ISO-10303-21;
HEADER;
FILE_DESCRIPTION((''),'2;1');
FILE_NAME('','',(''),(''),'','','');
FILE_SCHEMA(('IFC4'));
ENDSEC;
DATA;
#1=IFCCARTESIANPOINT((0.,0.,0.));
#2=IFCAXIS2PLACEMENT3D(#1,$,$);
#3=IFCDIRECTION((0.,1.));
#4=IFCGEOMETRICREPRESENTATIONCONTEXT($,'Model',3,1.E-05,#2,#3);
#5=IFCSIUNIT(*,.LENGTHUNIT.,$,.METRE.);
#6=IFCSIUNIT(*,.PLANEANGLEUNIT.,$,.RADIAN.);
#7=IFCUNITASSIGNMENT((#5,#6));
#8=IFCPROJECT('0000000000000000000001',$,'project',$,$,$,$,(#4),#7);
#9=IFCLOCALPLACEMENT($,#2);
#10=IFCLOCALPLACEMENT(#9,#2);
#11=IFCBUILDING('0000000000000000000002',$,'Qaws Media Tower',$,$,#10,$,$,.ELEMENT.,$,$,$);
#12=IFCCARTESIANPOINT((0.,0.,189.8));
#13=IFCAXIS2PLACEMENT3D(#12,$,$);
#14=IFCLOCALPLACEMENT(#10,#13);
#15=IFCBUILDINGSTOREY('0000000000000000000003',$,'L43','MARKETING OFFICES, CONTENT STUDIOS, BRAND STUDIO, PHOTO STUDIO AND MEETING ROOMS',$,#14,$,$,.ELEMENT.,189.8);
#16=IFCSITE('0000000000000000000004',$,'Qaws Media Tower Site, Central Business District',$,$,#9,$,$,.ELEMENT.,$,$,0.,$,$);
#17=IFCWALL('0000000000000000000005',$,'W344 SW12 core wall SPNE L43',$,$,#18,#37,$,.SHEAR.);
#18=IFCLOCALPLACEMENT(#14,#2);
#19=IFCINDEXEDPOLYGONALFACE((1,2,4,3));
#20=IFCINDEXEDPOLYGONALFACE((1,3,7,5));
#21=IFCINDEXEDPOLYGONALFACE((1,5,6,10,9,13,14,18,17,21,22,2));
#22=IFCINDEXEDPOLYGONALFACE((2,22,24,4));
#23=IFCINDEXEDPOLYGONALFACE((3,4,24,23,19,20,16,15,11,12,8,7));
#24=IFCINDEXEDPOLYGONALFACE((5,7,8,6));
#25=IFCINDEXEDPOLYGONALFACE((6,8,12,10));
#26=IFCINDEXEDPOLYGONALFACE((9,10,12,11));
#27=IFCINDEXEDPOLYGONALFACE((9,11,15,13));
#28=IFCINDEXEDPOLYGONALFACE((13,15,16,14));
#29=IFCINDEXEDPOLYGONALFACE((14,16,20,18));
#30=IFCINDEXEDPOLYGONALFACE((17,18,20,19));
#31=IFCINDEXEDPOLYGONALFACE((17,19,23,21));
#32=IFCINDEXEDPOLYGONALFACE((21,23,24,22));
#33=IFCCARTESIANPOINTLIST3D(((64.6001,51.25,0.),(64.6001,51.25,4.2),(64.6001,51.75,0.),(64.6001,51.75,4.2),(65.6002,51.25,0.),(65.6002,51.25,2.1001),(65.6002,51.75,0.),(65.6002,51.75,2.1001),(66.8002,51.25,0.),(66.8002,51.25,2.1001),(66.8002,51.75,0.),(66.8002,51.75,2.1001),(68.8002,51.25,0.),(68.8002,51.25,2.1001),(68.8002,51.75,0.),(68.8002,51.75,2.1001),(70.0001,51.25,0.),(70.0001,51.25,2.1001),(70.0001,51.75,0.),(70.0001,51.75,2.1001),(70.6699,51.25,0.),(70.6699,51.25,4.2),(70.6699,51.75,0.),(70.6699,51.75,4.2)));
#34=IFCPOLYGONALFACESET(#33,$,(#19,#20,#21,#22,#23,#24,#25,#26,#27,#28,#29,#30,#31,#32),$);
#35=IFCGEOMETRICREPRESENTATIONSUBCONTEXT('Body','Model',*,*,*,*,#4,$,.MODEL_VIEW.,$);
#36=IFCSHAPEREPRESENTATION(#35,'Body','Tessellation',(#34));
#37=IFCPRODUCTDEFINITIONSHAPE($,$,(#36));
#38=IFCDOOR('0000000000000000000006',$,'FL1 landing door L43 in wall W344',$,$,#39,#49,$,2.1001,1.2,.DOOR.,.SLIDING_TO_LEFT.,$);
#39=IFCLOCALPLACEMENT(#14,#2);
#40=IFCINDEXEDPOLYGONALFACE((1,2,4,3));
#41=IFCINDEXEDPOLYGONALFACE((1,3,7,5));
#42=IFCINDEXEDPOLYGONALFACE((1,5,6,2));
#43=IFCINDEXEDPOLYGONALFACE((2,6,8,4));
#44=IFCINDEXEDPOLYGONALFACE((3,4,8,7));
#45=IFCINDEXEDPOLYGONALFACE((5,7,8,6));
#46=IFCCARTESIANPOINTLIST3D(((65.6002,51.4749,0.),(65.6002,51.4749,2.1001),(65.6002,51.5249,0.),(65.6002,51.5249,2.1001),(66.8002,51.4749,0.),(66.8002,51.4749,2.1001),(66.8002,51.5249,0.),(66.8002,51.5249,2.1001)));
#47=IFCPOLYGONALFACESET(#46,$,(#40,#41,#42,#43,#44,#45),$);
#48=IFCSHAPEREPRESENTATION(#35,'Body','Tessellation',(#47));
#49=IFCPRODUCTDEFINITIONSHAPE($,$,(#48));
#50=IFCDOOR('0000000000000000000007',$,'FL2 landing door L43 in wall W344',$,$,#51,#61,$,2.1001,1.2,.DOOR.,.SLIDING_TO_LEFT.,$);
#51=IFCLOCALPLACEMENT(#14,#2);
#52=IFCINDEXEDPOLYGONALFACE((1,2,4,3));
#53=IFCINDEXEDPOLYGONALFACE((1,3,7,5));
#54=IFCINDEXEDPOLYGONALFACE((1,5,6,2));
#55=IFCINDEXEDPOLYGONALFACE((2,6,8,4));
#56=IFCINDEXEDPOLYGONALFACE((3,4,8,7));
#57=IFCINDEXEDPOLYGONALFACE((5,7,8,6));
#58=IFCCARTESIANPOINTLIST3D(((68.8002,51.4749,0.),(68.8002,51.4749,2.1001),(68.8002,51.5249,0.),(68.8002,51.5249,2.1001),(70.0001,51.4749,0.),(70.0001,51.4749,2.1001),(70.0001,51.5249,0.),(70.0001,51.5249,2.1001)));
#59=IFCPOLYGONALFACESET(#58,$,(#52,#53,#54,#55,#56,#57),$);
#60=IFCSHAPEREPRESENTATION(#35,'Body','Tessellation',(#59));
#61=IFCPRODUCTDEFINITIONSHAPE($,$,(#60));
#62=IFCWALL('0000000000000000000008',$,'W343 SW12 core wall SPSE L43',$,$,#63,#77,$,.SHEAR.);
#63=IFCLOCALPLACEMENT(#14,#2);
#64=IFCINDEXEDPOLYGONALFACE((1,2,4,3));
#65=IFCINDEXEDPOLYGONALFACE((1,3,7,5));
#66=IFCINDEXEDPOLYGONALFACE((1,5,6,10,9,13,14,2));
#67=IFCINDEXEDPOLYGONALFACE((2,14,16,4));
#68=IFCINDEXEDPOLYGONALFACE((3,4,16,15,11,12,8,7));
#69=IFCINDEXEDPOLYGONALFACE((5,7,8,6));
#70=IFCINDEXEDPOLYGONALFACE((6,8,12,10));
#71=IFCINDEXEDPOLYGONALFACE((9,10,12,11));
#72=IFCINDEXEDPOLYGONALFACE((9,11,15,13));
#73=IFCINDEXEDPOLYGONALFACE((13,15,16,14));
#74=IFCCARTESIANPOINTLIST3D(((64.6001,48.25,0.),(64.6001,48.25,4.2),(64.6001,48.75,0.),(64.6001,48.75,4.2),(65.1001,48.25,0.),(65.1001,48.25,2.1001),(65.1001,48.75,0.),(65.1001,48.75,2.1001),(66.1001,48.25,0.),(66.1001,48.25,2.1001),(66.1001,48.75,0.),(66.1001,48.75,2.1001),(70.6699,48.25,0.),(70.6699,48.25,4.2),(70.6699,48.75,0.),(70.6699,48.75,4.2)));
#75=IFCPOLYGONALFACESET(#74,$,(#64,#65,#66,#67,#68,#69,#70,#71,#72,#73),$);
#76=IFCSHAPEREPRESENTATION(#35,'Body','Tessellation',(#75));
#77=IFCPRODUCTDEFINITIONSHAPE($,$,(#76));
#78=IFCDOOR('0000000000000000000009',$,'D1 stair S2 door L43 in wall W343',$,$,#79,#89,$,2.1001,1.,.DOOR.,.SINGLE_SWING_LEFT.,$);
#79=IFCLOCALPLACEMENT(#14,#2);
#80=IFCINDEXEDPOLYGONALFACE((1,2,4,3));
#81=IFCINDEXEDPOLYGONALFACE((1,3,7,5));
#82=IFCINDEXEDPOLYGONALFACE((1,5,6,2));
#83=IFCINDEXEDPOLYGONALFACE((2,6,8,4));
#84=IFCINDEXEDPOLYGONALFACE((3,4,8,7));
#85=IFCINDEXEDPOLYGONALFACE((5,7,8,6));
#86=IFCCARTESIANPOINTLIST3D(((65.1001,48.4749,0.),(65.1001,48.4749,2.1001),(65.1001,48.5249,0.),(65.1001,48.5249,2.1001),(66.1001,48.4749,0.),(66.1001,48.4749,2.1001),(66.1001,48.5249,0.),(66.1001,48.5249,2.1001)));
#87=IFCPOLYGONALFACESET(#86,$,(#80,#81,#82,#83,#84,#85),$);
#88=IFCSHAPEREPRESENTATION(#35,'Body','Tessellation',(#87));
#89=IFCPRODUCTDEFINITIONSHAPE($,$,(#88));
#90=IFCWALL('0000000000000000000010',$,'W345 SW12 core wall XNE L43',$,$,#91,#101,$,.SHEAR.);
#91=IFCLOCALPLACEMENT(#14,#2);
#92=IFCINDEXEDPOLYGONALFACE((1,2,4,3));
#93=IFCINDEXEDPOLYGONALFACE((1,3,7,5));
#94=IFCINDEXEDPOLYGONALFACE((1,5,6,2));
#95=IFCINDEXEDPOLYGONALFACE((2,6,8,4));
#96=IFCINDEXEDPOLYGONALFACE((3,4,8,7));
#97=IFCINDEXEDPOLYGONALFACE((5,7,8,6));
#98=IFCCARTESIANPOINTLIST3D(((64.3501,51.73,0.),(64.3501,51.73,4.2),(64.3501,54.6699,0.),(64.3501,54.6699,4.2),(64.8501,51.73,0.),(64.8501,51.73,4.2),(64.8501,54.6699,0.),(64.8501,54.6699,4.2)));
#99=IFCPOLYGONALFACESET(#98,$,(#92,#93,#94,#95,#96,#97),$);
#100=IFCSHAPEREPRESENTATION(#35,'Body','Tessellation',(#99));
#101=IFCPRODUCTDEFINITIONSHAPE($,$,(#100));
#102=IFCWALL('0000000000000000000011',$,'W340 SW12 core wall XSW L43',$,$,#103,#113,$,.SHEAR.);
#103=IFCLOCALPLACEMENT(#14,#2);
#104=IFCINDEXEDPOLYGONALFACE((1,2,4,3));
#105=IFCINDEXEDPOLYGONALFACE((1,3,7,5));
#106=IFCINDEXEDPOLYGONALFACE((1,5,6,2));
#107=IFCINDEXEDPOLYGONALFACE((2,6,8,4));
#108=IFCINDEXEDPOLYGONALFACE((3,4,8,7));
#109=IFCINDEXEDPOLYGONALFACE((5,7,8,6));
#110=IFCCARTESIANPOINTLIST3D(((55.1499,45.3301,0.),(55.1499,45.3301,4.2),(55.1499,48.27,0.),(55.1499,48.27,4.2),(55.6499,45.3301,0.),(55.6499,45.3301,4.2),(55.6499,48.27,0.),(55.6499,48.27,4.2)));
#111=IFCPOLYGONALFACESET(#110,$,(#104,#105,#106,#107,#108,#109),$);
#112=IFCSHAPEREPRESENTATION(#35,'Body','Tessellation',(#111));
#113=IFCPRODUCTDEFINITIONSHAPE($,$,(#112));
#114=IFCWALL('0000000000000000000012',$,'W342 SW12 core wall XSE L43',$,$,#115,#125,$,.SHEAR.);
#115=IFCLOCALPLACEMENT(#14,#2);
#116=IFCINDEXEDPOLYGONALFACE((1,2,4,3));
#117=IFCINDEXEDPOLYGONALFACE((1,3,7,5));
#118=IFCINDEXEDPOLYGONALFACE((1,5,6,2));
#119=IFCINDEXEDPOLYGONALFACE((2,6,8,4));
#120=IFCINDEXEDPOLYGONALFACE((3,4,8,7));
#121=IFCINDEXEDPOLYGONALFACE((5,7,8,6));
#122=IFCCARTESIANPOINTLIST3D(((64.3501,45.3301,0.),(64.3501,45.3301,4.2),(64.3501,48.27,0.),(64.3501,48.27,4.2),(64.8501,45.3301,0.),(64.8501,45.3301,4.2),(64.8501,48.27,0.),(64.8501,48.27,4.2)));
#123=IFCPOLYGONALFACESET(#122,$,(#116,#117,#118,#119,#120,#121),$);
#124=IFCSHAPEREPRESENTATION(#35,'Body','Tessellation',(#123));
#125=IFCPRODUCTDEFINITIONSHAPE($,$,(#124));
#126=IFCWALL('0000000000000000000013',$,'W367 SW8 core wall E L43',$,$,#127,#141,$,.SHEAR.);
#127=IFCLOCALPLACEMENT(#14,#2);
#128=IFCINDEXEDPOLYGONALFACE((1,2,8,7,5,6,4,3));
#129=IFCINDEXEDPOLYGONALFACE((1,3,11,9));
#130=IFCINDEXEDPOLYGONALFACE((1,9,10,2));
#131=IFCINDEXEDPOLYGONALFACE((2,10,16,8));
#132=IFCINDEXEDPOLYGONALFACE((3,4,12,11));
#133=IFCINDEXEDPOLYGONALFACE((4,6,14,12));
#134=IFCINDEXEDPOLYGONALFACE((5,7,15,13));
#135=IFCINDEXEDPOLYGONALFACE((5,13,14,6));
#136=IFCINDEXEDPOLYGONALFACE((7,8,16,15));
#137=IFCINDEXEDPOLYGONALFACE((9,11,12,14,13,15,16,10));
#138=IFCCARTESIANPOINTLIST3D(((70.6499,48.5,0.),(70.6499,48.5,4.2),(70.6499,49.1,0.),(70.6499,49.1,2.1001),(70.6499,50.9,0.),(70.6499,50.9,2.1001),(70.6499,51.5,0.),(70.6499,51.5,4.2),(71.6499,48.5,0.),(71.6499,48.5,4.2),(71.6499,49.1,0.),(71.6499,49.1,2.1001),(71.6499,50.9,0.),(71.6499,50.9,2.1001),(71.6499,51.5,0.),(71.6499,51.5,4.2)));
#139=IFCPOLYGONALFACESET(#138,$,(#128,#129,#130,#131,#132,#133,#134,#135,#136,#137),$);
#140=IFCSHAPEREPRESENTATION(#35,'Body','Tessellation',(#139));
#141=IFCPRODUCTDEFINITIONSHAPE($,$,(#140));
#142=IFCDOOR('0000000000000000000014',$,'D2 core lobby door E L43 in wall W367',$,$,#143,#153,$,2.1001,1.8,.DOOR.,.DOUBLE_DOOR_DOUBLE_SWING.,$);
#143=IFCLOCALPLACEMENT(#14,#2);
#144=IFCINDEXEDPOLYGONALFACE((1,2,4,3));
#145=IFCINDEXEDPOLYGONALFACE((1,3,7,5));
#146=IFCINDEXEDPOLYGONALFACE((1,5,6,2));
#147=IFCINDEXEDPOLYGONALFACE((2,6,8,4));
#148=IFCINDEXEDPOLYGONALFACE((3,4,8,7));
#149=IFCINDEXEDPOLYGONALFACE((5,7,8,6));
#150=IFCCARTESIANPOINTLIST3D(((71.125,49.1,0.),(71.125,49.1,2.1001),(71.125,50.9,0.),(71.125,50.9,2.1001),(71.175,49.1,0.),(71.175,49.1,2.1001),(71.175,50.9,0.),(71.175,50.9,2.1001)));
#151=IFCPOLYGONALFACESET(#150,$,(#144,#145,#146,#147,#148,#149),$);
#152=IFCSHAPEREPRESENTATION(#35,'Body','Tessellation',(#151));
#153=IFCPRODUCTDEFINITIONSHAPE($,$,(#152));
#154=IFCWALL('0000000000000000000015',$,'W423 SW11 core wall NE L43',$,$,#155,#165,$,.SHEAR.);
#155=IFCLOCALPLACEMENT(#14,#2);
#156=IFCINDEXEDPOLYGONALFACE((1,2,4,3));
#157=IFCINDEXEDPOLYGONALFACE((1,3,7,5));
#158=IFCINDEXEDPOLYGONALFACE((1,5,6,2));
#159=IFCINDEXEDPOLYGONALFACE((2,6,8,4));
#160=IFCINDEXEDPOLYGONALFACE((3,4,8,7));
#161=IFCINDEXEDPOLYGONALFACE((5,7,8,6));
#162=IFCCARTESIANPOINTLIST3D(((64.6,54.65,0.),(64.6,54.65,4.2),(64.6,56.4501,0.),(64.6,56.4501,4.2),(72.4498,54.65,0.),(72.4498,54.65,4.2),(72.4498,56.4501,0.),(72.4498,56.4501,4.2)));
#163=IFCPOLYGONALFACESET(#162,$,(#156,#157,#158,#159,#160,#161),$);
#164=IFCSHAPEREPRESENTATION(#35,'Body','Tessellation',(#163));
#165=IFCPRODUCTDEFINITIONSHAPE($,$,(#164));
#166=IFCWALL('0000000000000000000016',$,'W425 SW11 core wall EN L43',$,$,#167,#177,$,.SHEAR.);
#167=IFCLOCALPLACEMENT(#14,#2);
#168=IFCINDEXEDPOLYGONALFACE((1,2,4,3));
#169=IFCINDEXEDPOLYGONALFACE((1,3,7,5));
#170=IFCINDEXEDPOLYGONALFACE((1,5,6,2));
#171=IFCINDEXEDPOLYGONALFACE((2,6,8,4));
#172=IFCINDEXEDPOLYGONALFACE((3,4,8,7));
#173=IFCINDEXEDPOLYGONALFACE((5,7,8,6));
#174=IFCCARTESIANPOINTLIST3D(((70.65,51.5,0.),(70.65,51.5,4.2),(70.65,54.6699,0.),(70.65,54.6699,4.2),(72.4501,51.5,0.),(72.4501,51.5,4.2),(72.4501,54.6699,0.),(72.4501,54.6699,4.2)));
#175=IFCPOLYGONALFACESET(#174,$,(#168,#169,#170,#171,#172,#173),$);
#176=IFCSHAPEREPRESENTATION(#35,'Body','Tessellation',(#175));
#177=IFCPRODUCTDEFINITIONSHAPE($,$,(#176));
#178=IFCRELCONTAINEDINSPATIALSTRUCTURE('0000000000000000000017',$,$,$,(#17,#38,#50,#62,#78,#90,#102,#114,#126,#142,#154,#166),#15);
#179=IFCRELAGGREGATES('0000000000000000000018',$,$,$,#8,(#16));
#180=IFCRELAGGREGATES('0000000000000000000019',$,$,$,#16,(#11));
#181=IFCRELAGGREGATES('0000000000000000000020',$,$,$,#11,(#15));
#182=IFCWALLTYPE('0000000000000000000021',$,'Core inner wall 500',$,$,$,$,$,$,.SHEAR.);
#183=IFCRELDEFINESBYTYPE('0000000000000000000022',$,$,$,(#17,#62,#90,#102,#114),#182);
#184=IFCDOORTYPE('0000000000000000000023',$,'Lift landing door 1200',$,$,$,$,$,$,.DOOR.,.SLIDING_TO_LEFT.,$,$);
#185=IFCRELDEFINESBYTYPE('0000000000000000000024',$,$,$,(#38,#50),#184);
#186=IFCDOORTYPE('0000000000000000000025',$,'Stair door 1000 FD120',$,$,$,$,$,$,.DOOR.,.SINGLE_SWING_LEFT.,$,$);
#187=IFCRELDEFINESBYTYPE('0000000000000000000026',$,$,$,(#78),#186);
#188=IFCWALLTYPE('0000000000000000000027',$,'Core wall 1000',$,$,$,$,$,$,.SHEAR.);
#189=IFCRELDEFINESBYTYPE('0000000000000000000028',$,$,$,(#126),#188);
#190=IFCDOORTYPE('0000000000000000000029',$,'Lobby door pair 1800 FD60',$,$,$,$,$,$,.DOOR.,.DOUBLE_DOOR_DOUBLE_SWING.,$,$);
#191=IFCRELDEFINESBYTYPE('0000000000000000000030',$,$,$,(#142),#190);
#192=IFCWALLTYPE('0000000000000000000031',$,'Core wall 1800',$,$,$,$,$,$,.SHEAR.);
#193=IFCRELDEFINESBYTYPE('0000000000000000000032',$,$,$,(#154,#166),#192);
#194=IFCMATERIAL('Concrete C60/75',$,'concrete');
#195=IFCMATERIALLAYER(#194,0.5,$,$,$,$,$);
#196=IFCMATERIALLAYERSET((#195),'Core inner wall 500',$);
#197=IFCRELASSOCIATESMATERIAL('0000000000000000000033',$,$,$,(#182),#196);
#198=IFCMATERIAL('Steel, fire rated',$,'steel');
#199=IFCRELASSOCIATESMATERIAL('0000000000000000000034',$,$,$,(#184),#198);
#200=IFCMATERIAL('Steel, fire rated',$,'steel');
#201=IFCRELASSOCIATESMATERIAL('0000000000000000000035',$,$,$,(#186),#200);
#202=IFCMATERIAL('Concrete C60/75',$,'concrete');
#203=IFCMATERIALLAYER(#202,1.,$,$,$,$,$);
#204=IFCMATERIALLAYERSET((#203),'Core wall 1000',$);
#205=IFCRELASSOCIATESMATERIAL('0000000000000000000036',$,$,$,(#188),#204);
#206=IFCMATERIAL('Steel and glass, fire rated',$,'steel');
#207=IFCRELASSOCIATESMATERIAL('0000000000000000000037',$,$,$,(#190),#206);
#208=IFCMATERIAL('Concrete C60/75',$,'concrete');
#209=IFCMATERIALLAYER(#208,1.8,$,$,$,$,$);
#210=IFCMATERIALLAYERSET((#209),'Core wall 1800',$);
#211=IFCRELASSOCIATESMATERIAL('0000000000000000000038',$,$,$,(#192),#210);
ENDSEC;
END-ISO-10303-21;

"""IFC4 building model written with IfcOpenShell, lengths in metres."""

from ifc_helpers import new_model, si_unit, direction, frame, frame_2d, origin, place, context, subcontext, project, spatial, rectangle, extrude, material, layer, layer_set, type_object, element, fill, save


model = new_model("IFC4")

# Units and contexts
model_context = context("Model", 3, precision=1e-05, world=origin(), true_north=direction((0.0, 1.0)))
body_context = subcontext(model_context, "Body", "Model", "MODEL_VIEW")
ifc_project = project(units=[si_unit("LENGTHUNIT", "METRE"), si_unit("PLANEANGLEUNIT", "RADIAN")], contexts=[model_context])

# Site, building, storey
site_placement = place(None, origin())
site = spatial("IfcSite", under=ifc_project, at=site_placement, Name="Qaws Media Tower Site, Central Business District", CompositionType="ELEMENT", RefElevation=0.0)
building_placement = place(site_placement, origin())
building = spatial("IfcBuilding", under=site, at=building_placement, Name="Qaws Media Tower", CompositionType="ELEMENT")
storey_placement = place(building_placement, frame((0.0, 0.0, 189.8)))
storey = spatial("IfcBuildingStorey", under=building, at=storey_placement, Name="L43", Description="MARKETING OFFICES, CONTENT STUDIOS, BRAND STUDIO, PHOTO STUDIO AND MEETING ROOMS", CompositionType="ELEMENT", Elevation=189.8)

# Wall, openings, doors
ifc_material_1 = material(Name="Concrete C60/75", Category="concrete")
ifc_layer_1 = layer(ifc_material_1, 0.5)
ifc_layer_set_1 = layer_set([ifc_layer_1], Name="Core inner wall 500")
wall_type_1 = type_object("IfcWallType", Name="Core inner wall 500", PredefinedType="SHEAR", material=ifc_layer_set_1)
wall_1_placement = place(storey_placement, frame((64.6001, 51.5, 0.0), z_axis=(0.0, 0.0, 1.0), x_axis=(1.0, 0.0, 0.0)))
wall_1 = element("IfcWall", 1, at=wall_1_placement, inside=storey, type_object=wall_type_1, Name="W344 SW12 core wall SPNE L43", PredefinedType="SHEAR", context=body_context, shape_type="SweptSolid", body=[
    extrude(rectangle(XDim=6.0698, YDim=0.5, at=frame_2d((3.0349, 0.0))), origin(), (0.0, 0.0, 1.0), 4.2),
])
opening_1_placement = place(wall_1_placement, frame((1.0, 0.0, 0.0)))
opening_1 = element("IfcOpeningElement", 2, at=opening_1_placement, cuts=wall_1, PredefinedType="OPENING", context=body_context, shape_type="SweptSolid", body=[
    extrude(rectangle(XDim=1.2, YDim=2.1001, at=frame_2d((0.6001, 1.05))), frame((0.0, 0.26, 0.0), z_axis=(0.0, -1.0, 0.0), x_axis=(1.0, 0.0, 0.0)), (0.0, 0.0, 1.0), 0.52),
])
opening_2_placement = place(wall_1_placement, frame((4.2, 0.0, 0.0)))
opening_2 = element("IfcOpeningElement", 3, at=opening_2_placement, cuts=wall_1, PredefinedType="OPENING", context=body_context, shape_type="SweptSolid", body=[
    extrude(rectangle(XDim=1.2, YDim=2.1001, at=frame_2d((0.6001, 1.05))), frame((0.0, 0.26, 0.0), z_axis=(0.0, -1.0, 0.0), x_axis=(1.0, 0.0, 0.0)), (0.0, 0.0, 1.0), 0.52),
])
ifc_material_2 = material(Name="Steel, fire rated", Category="steel")
door_type_1 = type_object("IfcDoorType", Name="Lift landing door 1200", OperationType="SLIDING_TO_LEFT", PredefinedType="DOOR", material=ifc_material_2)
door_1_placement = place(opening_1_placement, origin())
door_1 = element("IfcDoor", 4, at=door_1_placement, inside=storey, type_object=door_type_1, Name="FL1 landing door L43 in wall W344", OperationType="SLIDING_TO_LEFT", OverallHeight=2.1001, OverallWidth=1.2, PredefinedType="DOOR", context=body_context, shape_type="SweptSolid", body=[
    extrude(rectangle(XDim=1.2, YDim=2.1001, at=frame_2d((0.6001, 1.05))), frame((0.0, 0.0249, 0.0), z_axis=(0.0, -1.0, 0.0), x_axis=(1.0, 0.0, 0.0)), (0.0, 0.0, 1.0), 0.05),
])
fill(opening_1, door_1)
door_2_placement = place(opening_2_placement, origin())
door_2 = element("IfcDoor", 5, at=door_2_placement, inside=storey, type_object=door_type_1, Name="FL2 landing door L43 in wall W344", OperationType="SLIDING_TO_LEFT", OverallHeight=2.1001, OverallWidth=1.2, PredefinedType="DOOR", context=body_context, shape_type="SweptSolid", body=[
    extrude(rectangle(XDim=1.2, YDim=2.1001, at=frame_2d((0.6001, 1.05))), frame((0.0, 0.0249, 0.0), z_axis=(0.0, -1.0, 0.0), x_axis=(1.0, 0.0, 0.0)), (0.0, 0.0, 1.0), 0.05),
])
fill(opening_2, door_2)

# Wall, opening, door
wall_2_placement = place(storey_placement, frame((64.6001, 48.5, 0.0), z_axis=(0.0, 0.0, 1.0), x_axis=(1.0, 0.0, 0.0)))
wall_2 = element("IfcWall", 6, at=wall_2_placement, inside=storey, type_object=wall_type_1, Name="W343 SW12 core wall SPSE L43", PredefinedType="SHEAR", context=body_context, shape_type="SweptSolid", body=[
    extrude(rectangle(XDim=6.0698, YDim=0.5, at=frame_2d((3.0349, 0.0))), origin(), (0.0, 0.0, 1.0), 4.2),
])
opening_3_placement = place(wall_2_placement, frame((0.5, 0.0, 0.0)))
opening_3 = element("IfcOpeningElement", 7, at=opening_3_placement, cuts=wall_2, PredefinedType="OPENING", context=body_context, shape_type="SweptSolid", body=[
    extrude(rectangle(XDim=1.0, YDim=2.1001, at=frame_2d((0.5, 1.05))), frame((0.0, 0.26, 0.0), z_axis=(0.0, -1.0, 0.0), x_axis=(1.0, 0.0, 0.0)), (0.0, 0.0, 1.0), 0.52),
])
ifc_material_3 = material(Name="Steel, fire rated", Category="steel")
door_type_2 = type_object("IfcDoorType", Name="Stair door 1000 FD120", OperationType="SINGLE_SWING_LEFT", PredefinedType="DOOR", material=ifc_material_3)
door_3_placement = place(opening_3_placement, origin())
door_3 = element("IfcDoor", 8, at=door_3_placement, inside=storey, type_object=door_type_2, Name="D1 stair S2 door L43 in wall W343", OperationType="SINGLE_SWING_LEFT", OverallHeight=2.1001, OverallWidth=1.0, PredefinedType="DOOR", context=body_context, shape_type="SweptSolid", body=[
    extrude(rectangle(XDim=1.0, YDim=2.1001, at=frame_2d((0.5, 1.05))), frame((0.0, 0.0249, 0.0), z_axis=(0.0, -1.0, 0.0), x_axis=(1.0, 0.0, 0.0)), (0.0, 0.0, 1.0), 0.05),
])
fill(opening_3, door_3)

# Walls
for number, where, z_axis, x_axis, name in (
    (9, (64.6001, 51.73, 0.0), (0.0, 0.0, 1.0), (0.0, 1.0, 0.0), "W345 SW12 core wall XNE L43"),
    (10, (55.3999, 48.27, 0.0), (0.0, 0.0, 1.0), (0.0, -1.0, 0.0), "W340 SW12 core wall XSW L43"),
    (11, (64.6001, 48.27, 0.0), (0.0, 0.0, 1.0), (0.0, -1.0, 0.0), "W342 SW12 core wall XSE L43"),
):
    element("IfcWall", number, at=place(storey_placement, frame(where, z_axis=z_axis, x_axis=x_axis)), inside=storey, type_object=wall_type_1, Name=name, PredefinedType="SHEAR", context=body_context, shape_type="SweptSolid", body=[
        extrude(rectangle(XDim=2.9399, YDim=0.5, at=frame_2d((1.47, 0.0))), origin(), (0.0, 0.0, 1.0), 4.2),
    ])

# Wall, opening, door
ifc_material_4 = material(Name="Concrete C60/75", Category="concrete")
ifc_layer_2 = layer(ifc_material_4, 1.0)
ifc_layer_set_2 = layer_set([ifc_layer_2], Name="Core wall 1000")
wall_type_2 = type_object("IfcWallType", Name="Core wall 1000", PredefinedType="SHEAR", material=ifc_layer_set_2)
wall_3_placement = place(storey_placement, frame((71.1499, 48.5, 0.0), z_axis=(0.0, 0.0, 1.0), x_axis=(0.0, 1.0, 0.0)))
wall_3 = element("IfcWall", 12, at=wall_3_placement, inside=storey, type_object=wall_type_2, Name="W367 SW8 core wall E L43", PredefinedType="SHEAR", context=body_context, shape_type="SweptSolid", body=[
    extrude(rectangle(XDim=3.0, YDim=1.0, at=frame_2d((1.5, 0.0))), origin(), (0.0, 0.0, 1.0), 4.2),
])
opening_4_placement = place(wall_3_placement, frame((0.6001, 0.0, 0.0)))
opening_4 = element("IfcOpeningElement", 13, at=opening_4_placement, cuts=wall_3, PredefinedType="OPENING", context=body_context, shape_type="SweptSolid", body=[
    extrude(rectangle(XDim=1.8, YDim=2.1001, at=frame_2d((0.8999, 1.05))), frame((0.0, 0.51, 0.0), z_axis=(0.0, -1.0, 0.0), x_axis=(1.0, 0.0, 0.0)), (0.0, 0.0, 1.0), 1.02),
])
ifc_material_5 = material(Name="Steel and glass, fire rated", Category="steel")
door_type_3 = type_object("IfcDoorType", Name="Lobby door pair 1800 FD60", OperationType="DOUBLE_DOOR_DOUBLE_SWING", PredefinedType="DOOR", material=ifc_material_5)
door_4_placement = place(opening_4_placement, origin())
door_4 = element("IfcDoor", 14, at=door_4_placement, inside=storey, type_object=door_type_3, Name="D2 core lobby door E L43 in wall W367", OperationType="DOUBLE_DOOR_DOUBLE_SWING", OverallHeight=2.1001, OverallWidth=1.8, PredefinedType="DOOR", context=body_context, shape_type="SweptSolid", body=[
    extrude(rectangle(XDim=1.8, YDim=2.1001, at=frame_2d((0.8999, 1.05))), frame((0.0, 0.0249, 0.0), z_axis=(0.0, -1.0, 0.0), x_axis=(1.0, 0.0, 0.0)), (0.0, 0.0, 1.0), 0.05),
])
fill(opening_4, door_4)

# Walls
ifc_material_6 = material(Name="Concrete C60/75", Category="concrete")
ifc_layer_3 = layer(ifc_material_6, 1.8)
ifc_layer_set_3 = layer_set([ifc_layer_3], Name="Core wall 1800")
wall_type_3 = type_object("IfcWallType", Name="Core wall 1800", PredefinedType="SHEAR", material=ifc_layer_set_3)
wall_4_placement = place(storey_placement, frame((64.6001, 55.55, 0.0), z_axis=(0.0, 0.0, 1.0), x_axis=(1.0, 0.0, 0.0)))
element("IfcWall", 15, at=wall_4_placement, inside=storey, type_object=wall_type_3, Name="W423 SW11 core wall NE L43", PredefinedType="SHEAR", context=body_context, shape_type="SweptSolid", body=[
    extrude(rectangle(XDim=7.8499, YDim=1.8, at=frame_2d((3.9248, 0.0))), origin(), (0.0, 0.0, 1.0), 4.2),
])
wall_5_placement = place(storey_placement, frame((71.55, 51.5, 0.0), z_axis=(0.0, 0.0, 1.0), x_axis=(0.0, 1.0, 0.0)))
element("IfcWall", 16, at=wall_5_placement, inside=storey, type_object=wall_type_3, Name="W425 SW11 core wall EN L43", PredefinedType="SHEAR", context=body_context, shape_type="SweptSolid", body=[
    extrude(rectangle(XDim=3.1699, YDim=1.8, at=frame_2d((1.585, 0.0))), origin(), (0.0, 0.0, 1.0), 4.2),
])

save(model, "model.ifc")
